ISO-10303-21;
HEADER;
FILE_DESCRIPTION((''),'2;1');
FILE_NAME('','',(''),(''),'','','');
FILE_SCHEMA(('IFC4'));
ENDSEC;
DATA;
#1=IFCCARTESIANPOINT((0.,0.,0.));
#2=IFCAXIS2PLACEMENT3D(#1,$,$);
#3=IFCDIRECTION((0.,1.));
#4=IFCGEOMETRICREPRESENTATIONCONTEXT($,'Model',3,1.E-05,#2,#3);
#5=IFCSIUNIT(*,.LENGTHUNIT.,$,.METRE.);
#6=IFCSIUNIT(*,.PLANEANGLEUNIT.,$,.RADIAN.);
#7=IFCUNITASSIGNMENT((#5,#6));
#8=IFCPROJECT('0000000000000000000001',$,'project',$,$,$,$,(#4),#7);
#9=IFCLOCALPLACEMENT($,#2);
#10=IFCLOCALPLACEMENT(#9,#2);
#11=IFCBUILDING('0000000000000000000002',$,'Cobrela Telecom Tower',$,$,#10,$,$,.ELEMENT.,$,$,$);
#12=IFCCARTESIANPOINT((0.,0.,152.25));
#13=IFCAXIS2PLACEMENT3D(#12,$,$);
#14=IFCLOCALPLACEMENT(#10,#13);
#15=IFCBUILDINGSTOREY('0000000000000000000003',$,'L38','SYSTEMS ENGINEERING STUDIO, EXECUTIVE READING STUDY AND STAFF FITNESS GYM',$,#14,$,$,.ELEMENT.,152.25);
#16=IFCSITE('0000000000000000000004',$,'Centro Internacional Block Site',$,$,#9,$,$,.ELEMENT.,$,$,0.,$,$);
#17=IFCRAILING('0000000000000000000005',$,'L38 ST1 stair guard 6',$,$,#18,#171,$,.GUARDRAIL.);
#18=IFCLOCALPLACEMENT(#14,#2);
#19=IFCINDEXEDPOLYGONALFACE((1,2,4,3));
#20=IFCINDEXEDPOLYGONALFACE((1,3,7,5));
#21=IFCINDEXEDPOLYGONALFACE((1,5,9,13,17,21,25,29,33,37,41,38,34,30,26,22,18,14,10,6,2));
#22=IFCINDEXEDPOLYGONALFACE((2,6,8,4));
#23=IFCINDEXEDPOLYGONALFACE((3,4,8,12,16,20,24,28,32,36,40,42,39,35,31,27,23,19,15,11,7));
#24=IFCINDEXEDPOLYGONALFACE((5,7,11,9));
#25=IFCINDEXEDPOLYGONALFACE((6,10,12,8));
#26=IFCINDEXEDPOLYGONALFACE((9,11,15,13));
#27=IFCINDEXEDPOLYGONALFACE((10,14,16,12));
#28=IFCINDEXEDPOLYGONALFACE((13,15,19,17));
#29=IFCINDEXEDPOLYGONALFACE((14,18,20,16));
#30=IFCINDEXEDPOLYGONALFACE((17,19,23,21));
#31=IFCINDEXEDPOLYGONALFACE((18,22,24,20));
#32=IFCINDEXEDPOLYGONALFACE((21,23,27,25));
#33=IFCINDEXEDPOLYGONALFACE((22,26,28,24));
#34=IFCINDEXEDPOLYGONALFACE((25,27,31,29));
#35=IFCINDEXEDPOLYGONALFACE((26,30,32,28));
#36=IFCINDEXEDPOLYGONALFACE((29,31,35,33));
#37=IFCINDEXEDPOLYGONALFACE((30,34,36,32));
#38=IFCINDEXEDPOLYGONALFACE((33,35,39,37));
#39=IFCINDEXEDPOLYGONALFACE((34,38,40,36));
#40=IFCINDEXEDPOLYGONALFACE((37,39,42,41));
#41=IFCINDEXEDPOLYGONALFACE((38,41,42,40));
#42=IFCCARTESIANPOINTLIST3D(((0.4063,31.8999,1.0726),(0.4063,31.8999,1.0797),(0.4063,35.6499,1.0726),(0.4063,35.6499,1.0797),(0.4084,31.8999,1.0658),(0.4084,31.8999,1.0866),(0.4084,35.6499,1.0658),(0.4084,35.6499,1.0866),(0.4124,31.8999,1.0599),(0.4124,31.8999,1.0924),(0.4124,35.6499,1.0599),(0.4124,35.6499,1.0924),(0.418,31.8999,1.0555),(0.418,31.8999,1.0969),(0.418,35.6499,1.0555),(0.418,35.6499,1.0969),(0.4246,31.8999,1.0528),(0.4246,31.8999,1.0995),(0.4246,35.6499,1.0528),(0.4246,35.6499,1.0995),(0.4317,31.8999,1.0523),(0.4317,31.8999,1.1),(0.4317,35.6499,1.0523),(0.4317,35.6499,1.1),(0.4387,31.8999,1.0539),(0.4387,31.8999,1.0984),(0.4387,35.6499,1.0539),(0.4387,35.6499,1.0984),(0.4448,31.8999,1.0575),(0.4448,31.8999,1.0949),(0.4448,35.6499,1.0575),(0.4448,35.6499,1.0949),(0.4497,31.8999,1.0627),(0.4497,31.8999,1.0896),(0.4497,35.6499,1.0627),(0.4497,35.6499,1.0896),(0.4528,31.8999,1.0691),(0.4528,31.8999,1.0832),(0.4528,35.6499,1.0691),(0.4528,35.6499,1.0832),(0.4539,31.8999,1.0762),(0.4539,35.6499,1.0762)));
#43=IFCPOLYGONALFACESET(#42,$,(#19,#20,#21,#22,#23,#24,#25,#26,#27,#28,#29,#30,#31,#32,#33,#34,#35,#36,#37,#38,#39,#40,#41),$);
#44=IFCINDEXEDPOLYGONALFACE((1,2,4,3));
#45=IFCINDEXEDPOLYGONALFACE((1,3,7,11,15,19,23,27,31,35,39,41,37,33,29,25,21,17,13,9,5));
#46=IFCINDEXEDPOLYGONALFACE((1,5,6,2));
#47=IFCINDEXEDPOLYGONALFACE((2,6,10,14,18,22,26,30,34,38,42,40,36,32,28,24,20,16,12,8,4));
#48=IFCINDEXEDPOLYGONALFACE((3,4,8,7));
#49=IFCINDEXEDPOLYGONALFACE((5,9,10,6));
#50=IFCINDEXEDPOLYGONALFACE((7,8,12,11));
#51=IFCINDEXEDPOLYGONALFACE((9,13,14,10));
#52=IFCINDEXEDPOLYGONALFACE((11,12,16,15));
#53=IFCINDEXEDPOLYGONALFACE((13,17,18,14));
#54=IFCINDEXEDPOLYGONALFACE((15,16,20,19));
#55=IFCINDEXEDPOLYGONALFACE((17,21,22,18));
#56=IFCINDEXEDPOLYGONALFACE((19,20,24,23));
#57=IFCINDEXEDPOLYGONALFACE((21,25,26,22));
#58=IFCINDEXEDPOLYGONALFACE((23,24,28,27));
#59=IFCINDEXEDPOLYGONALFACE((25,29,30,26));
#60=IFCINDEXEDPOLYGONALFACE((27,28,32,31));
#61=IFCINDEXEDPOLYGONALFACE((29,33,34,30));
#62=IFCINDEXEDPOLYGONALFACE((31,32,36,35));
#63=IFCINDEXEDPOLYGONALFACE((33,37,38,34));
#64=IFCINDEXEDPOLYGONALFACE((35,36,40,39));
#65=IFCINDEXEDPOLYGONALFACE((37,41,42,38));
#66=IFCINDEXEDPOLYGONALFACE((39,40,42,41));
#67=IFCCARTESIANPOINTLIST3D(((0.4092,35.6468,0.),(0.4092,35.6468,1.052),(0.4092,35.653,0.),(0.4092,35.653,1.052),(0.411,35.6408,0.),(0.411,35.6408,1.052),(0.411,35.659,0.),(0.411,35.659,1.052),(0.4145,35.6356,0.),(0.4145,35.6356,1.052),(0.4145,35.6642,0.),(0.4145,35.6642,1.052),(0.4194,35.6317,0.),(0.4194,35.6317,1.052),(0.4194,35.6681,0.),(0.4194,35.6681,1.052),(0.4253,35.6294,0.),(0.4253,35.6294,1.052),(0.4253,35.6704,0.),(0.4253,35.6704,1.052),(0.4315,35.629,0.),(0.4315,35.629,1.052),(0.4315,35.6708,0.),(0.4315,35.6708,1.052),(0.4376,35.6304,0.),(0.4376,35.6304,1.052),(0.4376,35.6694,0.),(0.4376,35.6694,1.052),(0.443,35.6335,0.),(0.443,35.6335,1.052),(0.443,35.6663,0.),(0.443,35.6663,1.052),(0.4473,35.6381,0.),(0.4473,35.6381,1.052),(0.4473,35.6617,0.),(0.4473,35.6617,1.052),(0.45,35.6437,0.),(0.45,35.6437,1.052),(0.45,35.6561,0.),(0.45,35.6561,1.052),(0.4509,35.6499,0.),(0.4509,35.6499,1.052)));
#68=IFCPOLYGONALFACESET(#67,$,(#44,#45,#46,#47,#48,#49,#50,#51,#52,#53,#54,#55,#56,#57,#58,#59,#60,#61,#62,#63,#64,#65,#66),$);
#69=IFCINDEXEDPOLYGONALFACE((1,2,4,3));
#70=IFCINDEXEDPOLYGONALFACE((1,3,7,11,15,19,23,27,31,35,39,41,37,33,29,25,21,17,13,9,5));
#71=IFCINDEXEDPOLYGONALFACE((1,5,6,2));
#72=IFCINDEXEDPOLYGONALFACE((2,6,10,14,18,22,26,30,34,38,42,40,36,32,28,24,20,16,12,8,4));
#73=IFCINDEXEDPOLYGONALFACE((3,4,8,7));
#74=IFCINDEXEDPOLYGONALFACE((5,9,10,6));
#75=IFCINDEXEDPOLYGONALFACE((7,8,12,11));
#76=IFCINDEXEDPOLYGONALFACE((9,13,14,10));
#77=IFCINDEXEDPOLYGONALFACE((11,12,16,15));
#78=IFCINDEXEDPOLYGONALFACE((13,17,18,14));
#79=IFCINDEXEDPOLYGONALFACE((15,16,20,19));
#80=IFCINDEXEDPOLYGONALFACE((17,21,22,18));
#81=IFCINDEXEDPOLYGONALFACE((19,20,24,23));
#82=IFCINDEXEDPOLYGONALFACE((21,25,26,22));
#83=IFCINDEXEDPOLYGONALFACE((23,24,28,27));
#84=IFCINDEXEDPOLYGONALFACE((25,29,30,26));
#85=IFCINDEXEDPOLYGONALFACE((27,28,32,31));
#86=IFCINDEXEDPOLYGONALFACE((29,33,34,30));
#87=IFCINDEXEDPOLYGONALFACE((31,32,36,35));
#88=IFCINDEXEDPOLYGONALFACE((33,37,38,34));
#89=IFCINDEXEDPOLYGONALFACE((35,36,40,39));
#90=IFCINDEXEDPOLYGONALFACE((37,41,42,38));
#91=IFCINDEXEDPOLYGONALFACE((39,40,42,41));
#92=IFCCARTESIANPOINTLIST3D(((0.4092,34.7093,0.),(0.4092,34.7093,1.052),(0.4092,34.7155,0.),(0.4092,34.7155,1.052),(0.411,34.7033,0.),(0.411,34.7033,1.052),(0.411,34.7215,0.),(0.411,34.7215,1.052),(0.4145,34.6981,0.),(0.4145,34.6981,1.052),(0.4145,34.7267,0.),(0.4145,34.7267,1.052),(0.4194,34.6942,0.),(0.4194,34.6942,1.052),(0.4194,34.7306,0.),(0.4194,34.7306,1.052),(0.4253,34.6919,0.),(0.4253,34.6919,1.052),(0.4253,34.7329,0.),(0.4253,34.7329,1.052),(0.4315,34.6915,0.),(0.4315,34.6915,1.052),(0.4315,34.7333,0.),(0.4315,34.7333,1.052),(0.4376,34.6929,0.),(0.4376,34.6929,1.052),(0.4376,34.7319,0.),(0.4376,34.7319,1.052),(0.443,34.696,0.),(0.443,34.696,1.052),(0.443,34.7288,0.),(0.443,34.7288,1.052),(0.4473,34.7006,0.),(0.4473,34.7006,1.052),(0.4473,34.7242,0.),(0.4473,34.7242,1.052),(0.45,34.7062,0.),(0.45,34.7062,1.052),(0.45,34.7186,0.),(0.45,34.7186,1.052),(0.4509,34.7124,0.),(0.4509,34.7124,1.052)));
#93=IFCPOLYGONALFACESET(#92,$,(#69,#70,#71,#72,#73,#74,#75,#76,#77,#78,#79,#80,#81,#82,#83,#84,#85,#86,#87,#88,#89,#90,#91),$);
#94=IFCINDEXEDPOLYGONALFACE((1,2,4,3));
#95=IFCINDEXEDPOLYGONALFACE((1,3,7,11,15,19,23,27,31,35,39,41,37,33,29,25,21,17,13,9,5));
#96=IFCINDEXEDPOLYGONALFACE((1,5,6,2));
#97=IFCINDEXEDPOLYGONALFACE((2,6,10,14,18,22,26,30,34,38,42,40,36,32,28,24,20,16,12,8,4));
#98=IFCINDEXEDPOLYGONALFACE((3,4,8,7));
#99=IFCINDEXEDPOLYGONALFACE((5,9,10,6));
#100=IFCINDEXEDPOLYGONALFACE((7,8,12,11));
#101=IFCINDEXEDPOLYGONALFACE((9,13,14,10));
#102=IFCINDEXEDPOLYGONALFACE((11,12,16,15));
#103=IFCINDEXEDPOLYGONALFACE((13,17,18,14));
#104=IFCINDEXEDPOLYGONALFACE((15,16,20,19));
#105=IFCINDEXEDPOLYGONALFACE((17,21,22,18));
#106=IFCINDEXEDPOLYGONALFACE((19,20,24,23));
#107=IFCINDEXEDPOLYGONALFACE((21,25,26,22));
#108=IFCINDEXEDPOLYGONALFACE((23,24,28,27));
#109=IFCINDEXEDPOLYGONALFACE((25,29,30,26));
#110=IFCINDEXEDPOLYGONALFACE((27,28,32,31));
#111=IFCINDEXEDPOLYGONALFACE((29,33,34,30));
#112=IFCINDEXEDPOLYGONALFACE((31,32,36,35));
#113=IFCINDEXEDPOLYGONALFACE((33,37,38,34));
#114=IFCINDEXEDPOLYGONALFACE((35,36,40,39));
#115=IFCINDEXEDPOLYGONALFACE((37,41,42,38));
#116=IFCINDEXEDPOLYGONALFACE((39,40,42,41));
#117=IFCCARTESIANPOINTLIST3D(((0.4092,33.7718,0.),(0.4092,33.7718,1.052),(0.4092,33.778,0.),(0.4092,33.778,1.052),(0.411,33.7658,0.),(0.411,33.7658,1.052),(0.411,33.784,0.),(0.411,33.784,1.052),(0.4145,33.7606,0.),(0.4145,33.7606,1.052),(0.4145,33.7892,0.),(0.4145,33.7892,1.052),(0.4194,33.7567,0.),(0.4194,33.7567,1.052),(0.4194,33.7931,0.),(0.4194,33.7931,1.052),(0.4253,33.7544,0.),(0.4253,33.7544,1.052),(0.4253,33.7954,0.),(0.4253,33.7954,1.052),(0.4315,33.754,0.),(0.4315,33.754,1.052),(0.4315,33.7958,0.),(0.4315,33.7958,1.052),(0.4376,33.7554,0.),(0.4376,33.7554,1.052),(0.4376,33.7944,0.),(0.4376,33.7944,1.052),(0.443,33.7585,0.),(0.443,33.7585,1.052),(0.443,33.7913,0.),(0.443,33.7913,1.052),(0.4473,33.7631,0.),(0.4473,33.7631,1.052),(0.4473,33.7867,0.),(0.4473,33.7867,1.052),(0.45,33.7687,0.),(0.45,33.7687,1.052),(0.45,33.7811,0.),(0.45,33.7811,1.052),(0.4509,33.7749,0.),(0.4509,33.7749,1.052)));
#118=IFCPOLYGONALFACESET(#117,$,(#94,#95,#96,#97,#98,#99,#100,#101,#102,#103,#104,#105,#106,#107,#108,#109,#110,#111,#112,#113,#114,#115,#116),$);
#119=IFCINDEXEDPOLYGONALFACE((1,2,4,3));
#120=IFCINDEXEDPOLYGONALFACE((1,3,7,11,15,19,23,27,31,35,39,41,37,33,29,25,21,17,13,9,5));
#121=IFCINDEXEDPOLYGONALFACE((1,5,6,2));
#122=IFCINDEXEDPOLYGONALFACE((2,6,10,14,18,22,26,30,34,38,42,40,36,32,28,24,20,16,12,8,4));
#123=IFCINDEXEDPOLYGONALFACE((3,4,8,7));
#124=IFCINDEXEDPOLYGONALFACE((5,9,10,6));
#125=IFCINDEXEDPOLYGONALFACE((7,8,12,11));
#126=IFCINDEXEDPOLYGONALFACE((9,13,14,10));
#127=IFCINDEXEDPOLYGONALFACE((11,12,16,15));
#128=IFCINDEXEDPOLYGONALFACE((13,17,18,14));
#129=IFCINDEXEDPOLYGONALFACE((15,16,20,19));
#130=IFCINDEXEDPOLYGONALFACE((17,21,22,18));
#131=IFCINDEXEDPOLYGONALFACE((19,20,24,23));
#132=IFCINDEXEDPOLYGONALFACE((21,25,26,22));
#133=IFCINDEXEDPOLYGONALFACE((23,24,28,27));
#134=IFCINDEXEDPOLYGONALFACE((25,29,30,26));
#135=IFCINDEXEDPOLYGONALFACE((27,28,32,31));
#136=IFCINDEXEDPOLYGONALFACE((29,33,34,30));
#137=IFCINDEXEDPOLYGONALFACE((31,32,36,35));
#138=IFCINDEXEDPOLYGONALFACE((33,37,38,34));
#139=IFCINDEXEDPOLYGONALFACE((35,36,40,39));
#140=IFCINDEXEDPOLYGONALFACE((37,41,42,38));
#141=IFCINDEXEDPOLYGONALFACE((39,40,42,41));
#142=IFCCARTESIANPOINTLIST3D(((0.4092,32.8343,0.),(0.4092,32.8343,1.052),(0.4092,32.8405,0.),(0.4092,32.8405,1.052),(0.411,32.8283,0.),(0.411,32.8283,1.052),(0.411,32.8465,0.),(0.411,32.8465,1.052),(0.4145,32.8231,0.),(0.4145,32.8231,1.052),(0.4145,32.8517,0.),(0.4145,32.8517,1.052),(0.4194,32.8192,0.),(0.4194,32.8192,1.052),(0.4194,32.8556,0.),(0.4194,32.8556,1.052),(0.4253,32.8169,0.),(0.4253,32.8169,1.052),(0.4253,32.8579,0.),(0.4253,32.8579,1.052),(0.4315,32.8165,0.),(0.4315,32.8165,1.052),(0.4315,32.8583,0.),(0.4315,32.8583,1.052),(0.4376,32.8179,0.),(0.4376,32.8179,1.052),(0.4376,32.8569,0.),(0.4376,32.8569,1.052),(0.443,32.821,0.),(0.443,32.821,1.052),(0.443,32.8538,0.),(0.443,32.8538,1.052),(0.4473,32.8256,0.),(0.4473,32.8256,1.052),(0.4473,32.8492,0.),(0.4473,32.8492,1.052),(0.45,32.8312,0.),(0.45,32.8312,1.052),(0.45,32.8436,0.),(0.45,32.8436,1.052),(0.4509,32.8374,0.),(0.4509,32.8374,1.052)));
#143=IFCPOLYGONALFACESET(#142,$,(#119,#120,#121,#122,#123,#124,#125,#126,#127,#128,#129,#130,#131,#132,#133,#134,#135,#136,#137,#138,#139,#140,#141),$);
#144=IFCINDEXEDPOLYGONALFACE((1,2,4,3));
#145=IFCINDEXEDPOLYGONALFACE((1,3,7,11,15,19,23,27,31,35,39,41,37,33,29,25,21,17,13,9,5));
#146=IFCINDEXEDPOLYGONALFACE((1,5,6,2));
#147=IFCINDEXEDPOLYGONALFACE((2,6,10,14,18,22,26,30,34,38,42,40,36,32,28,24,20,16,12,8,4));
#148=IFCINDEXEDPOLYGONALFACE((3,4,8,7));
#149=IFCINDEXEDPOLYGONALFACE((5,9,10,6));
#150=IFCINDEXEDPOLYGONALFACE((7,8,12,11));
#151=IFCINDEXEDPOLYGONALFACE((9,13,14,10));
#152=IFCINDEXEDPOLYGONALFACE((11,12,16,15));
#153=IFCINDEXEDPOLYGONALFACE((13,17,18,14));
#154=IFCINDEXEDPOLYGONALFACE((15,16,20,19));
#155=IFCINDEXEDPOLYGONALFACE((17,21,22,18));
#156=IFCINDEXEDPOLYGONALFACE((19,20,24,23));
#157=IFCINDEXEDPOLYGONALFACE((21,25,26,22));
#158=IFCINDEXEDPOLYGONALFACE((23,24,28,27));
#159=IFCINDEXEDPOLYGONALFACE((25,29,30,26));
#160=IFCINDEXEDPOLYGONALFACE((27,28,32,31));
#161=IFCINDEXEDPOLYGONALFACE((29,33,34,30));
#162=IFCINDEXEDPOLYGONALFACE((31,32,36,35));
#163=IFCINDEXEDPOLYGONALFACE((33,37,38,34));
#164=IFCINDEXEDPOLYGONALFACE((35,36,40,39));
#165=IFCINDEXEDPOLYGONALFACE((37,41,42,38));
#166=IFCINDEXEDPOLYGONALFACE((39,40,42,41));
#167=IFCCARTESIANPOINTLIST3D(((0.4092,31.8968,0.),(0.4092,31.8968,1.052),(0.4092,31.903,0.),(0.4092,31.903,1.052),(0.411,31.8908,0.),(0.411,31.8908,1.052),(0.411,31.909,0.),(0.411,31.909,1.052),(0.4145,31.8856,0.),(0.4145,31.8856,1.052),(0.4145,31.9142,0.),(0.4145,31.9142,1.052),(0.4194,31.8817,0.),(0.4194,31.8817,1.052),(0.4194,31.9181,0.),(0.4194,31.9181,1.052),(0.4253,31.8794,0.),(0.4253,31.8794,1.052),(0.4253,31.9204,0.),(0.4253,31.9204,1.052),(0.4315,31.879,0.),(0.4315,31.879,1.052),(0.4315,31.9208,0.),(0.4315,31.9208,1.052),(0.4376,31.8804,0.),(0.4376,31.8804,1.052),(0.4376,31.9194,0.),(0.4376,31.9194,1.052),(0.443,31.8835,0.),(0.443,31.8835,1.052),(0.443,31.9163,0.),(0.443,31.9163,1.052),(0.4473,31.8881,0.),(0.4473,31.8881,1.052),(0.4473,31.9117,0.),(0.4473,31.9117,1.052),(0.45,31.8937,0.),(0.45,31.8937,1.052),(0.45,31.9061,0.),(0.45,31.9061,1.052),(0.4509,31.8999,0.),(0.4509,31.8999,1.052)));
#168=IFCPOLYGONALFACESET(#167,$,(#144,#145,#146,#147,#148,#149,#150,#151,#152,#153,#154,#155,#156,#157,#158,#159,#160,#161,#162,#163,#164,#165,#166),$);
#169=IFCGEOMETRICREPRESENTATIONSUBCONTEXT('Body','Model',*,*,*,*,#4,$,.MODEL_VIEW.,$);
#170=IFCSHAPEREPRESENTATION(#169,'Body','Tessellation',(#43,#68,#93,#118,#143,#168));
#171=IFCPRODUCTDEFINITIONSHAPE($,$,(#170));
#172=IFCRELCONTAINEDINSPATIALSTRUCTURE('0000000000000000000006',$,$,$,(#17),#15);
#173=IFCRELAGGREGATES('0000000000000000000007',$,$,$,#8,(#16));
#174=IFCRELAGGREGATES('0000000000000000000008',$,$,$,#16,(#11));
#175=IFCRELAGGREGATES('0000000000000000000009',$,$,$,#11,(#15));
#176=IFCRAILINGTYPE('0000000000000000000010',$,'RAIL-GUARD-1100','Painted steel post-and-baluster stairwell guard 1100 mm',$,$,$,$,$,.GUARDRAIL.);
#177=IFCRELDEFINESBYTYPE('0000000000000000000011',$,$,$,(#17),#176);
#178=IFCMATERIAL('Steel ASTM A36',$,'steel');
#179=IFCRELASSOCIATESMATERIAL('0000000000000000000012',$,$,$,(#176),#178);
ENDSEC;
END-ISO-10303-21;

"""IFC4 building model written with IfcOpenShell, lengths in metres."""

from ifc_helpers import new_model, si_unit, direction, frame, origin, origin_2d, place, context, subcontext, project, spatial, circle, extrude, material, type_object, element, save


model = new_model("IFC4")

# Units and contexts
model_context = context("Model", 3, precision=1e-05, world=origin(), true_north=direction((0.0, 1.0)))
body_context = subcontext(model_context, "Body", "Model", "MODEL_VIEW")
ifc_project = project(units=[si_unit("LENGTHUNIT", "METRE"), si_unit("PLANEANGLEUNIT", "RADIAN")], contexts=[model_context])

# Site, building, storey
site_placement = place(None, origin())
site = spatial("IfcSite", under=ifc_project, at=site_placement, Name="Centro Internacional Block Site", CompositionType="ELEMENT", RefElevation=0.0)
building_placement = place(site_placement, origin())
building = spatial("IfcBuilding", under=site, at=building_placement, Name="Cobrela Telecom Tower", CompositionType="ELEMENT")
storey_placement = place(building_placement, frame((0.0, 0.0, 152.25)))
storey = spatial("IfcBuildingStorey", under=building, at=storey_placement, Name="L38", Description="SYSTEMS ENGINEERING STUDIO, EXECUTIVE READING STUDY AND STAFF FITNESS GYM", CompositionType="ELEMENT", Elevation=152.25)

# Shared definitions
ifc_material_1 = material(Name="Steel ASTM A36", Category="steel")

# Railing
railing_type_1 = type_object("IfcRailingType", Name="RAIL-GUARD-1100", Description="Painted steel post-and-baluster stairwell guard 1100 mm", PredefinedType="GUARDRAIL", material=ifc_material_1)
railing_1_placement = place(storey_placement, frame((0.4299, 35.6499, 0.0)))
element("IfcRailing", 1, at=railing_1_placement, inside=storey, type_object=railing_type_1, Name="L38 ST1 stair guard 6", PredefinedType="GUARDRAIL", context=body_context, shape_type="SweptSolid", body=[
    extrude(circle(Radius=0.0239, at=origin_2d()), frame((0.0, 0.0, 1.0762), z_axis=(0.0, -1.0, 0.0), x_axis=(1.0, 0.0, 0.0)), (0.0, 0.0, 1.0), 3.75),
    extrude(circle(Radius=0.021, at=origin_2d()), origin(), (0.0, 0.0, 1.0), 1.052),
    extrude(circle(Radius=0.021, at=origin_2d()), frame((0.0, -0.9375, 0.0)), (0.0, 0.0, 1.0), 1.052),
    extrude(circle(Radius=0.021, at=origin_2d()), frame((0.0, -1.875, 0.0)), (0.0, 0.0, 1.0), 1.052),
    extrude(circle(Radius=0.021, at=origin_2d()), frame((0.0, -2.8125, 0.0)), (0.0, 0.0, 1.0), 1.052),
    extrude(circle(Radius=0.021, at=origin_2d()), frame((0.0, -3.75, 0.0)), (0.0, 0.0, 1.0), 1.052),
])

save(model, "model.ifc")
